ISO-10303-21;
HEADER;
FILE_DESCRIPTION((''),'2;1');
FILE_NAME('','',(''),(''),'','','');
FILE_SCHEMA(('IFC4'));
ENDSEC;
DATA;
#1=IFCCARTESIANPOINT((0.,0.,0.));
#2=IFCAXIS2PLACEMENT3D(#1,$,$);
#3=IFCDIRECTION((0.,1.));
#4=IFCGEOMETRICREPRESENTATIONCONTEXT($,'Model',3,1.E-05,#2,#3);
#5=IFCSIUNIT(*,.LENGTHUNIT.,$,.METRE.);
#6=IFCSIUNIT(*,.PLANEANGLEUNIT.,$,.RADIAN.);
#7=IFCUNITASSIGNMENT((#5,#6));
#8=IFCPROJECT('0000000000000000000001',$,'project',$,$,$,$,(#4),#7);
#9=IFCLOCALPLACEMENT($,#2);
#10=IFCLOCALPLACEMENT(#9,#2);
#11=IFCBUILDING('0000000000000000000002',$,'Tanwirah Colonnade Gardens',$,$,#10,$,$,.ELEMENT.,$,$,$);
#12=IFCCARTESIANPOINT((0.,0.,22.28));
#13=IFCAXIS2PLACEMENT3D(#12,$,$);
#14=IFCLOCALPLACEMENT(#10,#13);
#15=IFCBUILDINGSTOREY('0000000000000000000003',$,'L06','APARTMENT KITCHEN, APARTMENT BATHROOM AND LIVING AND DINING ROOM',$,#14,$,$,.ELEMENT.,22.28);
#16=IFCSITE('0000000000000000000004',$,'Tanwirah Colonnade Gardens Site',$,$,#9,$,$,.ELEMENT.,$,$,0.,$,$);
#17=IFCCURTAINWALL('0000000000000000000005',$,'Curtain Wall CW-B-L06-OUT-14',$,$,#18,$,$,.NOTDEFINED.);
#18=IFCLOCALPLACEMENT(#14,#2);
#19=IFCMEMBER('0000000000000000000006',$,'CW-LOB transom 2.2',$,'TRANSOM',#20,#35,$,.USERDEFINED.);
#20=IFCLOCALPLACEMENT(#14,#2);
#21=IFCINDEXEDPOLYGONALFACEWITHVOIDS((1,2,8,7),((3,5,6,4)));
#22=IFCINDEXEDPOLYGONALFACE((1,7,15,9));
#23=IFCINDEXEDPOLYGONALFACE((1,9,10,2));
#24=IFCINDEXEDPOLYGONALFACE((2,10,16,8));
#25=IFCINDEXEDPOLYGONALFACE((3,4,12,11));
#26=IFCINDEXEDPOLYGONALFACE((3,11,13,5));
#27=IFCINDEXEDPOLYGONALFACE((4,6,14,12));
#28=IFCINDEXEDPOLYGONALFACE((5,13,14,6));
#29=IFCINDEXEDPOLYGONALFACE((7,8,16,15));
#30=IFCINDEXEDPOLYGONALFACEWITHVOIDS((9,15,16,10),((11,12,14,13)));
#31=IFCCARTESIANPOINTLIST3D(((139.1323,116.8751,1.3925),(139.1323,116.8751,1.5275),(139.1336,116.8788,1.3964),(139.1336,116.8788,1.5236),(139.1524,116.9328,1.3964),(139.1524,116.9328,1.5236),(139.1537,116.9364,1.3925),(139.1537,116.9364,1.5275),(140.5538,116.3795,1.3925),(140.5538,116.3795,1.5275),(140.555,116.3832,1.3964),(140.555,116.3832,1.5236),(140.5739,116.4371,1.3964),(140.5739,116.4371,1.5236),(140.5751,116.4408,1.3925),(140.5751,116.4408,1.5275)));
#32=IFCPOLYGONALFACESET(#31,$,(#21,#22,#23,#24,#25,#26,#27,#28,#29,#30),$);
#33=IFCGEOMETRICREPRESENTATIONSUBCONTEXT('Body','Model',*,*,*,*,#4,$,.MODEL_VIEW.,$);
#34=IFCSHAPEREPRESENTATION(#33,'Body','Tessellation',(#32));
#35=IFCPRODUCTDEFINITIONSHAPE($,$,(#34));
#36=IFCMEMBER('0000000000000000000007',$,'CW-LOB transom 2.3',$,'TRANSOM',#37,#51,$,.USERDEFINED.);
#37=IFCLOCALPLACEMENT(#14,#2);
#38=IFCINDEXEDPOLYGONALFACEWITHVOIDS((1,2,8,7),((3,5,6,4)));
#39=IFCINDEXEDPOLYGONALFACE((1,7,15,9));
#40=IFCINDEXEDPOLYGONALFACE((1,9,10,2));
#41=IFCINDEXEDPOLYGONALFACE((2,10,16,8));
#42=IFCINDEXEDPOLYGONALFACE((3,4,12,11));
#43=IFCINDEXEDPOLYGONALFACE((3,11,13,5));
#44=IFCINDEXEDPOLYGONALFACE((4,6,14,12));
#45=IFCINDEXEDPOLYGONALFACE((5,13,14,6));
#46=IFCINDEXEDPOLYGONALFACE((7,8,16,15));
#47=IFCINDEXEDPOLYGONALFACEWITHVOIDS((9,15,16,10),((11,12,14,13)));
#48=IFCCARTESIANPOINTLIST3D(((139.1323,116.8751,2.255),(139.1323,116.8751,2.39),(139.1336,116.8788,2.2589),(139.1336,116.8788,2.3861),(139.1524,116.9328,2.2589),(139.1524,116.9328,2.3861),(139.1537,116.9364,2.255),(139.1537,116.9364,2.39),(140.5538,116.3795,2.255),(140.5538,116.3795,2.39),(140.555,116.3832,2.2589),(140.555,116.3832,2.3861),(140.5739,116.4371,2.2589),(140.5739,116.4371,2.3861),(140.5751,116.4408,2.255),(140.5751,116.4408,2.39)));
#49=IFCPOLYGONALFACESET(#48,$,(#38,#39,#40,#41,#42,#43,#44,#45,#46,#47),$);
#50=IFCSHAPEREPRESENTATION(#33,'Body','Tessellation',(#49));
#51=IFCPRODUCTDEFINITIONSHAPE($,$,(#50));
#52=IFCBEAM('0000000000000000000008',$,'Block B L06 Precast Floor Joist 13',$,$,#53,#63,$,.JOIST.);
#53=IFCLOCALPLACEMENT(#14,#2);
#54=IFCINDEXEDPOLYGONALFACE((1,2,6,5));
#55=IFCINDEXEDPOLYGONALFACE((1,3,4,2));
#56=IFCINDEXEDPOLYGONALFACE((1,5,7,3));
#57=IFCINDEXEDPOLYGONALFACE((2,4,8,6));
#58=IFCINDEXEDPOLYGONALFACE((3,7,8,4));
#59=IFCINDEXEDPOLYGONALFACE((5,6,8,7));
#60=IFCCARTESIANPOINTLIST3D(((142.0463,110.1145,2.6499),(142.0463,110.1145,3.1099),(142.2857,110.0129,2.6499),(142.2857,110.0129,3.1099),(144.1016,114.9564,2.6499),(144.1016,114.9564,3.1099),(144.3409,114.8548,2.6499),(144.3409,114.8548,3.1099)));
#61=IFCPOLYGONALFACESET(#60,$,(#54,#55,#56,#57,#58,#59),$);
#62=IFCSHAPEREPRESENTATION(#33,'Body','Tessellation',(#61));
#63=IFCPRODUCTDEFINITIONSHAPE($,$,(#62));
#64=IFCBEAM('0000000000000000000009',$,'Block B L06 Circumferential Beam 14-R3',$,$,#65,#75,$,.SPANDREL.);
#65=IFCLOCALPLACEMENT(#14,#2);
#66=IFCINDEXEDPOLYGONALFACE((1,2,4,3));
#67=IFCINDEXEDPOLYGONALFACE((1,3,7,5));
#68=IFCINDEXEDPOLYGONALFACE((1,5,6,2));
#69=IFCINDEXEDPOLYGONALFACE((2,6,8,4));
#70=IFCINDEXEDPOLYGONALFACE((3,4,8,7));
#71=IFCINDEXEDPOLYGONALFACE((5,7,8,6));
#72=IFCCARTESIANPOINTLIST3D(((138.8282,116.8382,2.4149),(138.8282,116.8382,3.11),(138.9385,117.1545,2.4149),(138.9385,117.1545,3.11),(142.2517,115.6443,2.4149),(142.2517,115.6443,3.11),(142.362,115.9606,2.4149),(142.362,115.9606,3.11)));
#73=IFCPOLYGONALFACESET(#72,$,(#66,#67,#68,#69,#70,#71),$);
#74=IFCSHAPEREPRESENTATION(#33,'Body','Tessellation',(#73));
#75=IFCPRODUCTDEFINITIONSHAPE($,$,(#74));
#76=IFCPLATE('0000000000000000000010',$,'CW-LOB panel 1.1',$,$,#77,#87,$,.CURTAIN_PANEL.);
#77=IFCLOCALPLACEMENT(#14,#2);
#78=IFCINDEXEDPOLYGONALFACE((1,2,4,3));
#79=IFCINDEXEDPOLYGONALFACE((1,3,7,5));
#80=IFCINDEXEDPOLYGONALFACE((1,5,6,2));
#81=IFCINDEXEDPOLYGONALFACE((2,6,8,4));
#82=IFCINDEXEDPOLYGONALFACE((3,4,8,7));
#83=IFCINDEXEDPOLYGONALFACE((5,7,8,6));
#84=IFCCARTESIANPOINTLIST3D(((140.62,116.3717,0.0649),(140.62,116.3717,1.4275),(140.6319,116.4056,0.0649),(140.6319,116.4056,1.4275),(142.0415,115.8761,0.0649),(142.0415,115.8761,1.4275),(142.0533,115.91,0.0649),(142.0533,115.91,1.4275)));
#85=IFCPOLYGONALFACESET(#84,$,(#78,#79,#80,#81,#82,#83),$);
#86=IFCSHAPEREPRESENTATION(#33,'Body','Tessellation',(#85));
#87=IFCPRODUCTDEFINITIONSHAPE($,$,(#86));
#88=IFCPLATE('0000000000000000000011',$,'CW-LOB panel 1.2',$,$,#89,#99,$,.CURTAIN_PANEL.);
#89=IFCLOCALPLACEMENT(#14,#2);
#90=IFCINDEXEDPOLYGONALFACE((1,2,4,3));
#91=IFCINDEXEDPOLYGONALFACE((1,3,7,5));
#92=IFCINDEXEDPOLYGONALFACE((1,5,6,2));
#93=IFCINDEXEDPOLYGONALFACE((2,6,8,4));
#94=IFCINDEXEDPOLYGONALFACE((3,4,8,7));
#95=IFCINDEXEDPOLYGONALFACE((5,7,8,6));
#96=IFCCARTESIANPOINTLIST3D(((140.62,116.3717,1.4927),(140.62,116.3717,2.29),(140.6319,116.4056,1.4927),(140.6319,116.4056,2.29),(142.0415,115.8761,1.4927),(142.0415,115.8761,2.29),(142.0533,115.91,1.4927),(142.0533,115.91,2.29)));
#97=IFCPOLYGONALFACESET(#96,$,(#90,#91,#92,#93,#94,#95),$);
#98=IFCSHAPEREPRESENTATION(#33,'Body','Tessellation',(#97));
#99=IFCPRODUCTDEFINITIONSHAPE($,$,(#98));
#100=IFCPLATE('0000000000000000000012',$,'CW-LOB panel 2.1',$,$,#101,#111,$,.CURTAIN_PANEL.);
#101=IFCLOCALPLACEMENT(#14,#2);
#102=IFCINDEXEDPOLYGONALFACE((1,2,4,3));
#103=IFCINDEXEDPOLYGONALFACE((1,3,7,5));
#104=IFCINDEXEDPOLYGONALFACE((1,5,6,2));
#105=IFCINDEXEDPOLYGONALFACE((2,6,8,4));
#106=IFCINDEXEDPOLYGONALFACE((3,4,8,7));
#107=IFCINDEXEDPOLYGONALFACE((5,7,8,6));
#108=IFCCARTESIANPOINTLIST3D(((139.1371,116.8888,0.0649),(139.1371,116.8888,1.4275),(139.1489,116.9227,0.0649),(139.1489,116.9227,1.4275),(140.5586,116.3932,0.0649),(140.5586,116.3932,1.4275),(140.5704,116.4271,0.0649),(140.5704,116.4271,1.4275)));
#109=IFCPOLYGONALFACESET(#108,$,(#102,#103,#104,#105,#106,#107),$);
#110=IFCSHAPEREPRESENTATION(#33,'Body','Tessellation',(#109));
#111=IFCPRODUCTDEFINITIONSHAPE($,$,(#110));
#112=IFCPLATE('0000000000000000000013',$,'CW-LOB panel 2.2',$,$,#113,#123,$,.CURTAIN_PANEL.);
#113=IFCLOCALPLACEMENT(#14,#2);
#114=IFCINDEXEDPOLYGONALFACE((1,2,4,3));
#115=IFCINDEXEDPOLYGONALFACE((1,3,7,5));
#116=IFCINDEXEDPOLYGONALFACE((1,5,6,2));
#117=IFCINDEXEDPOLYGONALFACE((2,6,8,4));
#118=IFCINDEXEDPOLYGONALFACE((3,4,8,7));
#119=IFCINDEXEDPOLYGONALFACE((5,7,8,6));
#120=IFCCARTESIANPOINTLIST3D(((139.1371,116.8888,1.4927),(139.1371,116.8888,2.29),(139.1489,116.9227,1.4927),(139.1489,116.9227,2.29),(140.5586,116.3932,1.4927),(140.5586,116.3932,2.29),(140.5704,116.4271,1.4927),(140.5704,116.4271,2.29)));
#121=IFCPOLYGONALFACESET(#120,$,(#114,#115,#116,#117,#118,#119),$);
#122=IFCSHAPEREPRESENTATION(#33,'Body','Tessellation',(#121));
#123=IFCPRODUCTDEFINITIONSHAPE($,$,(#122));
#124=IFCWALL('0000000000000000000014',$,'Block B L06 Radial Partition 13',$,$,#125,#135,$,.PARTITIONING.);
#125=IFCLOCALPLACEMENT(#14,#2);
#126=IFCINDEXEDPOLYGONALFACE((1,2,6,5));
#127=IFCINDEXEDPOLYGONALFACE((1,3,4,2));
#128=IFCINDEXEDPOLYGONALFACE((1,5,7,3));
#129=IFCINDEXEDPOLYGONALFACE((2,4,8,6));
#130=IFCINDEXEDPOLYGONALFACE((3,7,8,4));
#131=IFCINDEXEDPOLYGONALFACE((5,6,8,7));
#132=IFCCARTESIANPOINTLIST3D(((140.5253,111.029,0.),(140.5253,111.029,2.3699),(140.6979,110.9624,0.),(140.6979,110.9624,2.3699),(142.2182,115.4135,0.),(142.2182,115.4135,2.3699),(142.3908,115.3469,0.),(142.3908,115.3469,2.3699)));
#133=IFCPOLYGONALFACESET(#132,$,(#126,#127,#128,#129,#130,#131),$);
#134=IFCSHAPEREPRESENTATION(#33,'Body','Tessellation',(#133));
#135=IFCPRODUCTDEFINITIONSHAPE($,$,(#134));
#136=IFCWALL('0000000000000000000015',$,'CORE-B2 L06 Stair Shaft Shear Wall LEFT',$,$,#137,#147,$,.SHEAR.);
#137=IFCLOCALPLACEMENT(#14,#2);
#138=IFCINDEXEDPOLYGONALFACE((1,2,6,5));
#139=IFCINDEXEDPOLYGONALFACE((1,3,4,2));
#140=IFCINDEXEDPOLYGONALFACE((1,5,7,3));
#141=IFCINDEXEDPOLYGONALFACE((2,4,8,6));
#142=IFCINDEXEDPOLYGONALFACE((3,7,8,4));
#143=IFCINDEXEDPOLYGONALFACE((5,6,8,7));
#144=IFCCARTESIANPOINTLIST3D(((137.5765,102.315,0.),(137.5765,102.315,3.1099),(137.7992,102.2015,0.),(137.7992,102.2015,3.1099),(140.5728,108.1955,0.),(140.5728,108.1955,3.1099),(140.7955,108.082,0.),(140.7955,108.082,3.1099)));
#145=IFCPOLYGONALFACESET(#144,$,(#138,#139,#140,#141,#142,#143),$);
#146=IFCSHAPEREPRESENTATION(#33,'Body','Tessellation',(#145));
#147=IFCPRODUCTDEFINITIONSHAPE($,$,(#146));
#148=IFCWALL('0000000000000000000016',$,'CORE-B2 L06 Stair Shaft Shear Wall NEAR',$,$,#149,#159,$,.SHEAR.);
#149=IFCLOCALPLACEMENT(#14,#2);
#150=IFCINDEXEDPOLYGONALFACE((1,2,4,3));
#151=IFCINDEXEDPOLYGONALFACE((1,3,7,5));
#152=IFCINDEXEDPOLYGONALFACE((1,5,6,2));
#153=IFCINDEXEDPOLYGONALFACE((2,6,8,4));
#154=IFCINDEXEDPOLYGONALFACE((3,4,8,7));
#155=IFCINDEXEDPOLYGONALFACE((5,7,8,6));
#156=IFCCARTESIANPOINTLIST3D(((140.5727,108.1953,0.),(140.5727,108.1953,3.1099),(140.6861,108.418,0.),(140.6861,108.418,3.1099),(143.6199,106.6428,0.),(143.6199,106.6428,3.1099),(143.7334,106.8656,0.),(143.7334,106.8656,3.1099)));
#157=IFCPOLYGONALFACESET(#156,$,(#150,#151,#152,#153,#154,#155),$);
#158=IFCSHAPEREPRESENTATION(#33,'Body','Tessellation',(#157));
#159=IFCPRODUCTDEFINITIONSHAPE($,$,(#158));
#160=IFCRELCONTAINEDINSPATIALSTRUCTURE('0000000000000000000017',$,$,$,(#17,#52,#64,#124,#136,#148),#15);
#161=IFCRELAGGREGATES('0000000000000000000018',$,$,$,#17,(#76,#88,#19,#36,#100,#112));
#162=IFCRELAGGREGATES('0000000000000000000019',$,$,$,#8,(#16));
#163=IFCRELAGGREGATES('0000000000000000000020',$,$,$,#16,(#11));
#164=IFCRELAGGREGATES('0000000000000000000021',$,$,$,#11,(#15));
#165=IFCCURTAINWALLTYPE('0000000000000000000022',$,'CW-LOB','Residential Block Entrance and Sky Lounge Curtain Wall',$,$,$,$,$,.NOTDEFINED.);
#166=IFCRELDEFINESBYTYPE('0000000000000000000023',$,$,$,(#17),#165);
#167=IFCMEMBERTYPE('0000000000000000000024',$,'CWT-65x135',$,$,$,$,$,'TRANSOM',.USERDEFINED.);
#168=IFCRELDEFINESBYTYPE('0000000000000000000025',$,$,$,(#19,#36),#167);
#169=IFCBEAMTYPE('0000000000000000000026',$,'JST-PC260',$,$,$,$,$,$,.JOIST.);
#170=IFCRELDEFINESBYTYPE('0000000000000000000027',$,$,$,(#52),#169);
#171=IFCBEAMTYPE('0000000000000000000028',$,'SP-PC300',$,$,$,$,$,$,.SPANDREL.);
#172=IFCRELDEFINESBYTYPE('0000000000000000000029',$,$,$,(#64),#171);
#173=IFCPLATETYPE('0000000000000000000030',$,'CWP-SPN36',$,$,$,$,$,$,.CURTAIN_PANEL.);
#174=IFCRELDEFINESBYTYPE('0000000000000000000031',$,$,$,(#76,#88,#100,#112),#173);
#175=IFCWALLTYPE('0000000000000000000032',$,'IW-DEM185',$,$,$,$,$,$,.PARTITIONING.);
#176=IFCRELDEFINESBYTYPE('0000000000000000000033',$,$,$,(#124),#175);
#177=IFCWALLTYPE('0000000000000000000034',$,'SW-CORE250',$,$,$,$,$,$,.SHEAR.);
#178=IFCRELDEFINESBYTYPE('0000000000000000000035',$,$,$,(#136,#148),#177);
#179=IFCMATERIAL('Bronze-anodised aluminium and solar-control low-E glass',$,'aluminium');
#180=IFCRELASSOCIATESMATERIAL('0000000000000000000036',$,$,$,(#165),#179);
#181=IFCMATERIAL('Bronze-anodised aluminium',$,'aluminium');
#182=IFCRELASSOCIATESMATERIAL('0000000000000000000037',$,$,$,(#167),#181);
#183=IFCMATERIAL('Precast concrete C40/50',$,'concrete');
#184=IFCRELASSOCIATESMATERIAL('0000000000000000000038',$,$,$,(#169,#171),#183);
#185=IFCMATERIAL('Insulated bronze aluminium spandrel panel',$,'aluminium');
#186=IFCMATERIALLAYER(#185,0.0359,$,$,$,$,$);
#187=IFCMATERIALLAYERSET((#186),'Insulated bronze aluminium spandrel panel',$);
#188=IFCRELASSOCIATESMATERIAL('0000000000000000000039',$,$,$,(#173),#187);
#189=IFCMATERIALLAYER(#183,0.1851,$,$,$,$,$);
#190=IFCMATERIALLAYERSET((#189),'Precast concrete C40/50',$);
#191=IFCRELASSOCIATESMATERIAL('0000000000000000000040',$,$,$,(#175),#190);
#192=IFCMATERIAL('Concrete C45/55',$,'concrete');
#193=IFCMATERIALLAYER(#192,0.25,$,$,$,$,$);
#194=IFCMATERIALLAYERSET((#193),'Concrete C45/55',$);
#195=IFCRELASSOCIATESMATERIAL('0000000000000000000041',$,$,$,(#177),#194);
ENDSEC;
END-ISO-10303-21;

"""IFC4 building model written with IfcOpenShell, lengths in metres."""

from ifc_helpers import new_model, si_unit, direction, frame, frame_2d, origin, origin_2d, place, context, subcontext, project, spatial, rectangle, hollow_rectangle, extrude, material, layer, layer_set, material_profile, profile_set, type_object, element, aggregate, save


model = new_model("IFC4")

# Units and contexts
model_context = context("Model", 3, precision=1e-05, world=origin(), true_north=direction((0.0, 1.0)))
body_context = subcontext(model_context, "Body", "Model", "MODEL_VIEW")
ifc_project = project(units=[si_unit("LENGTHUNIT", "METRE"), si_unit("PLANEANGLEUNIT", "RADIAN")], contexts=[model_context])

# Site, building, storey
site_placement = place(None, origin())
site = spatial("IfcSite", under=ifc_project, at=site_placement, Name="Tanwirah Colonnade Gardens Site", CompositionType="ELEMENT", RefElevation=0.0)
building_placement = place(site_placement, origin())
building = spatial("IfcBuilding", under=site, at=building_placement, Name="Tanwirah Colonnade Gardens", CompositionType="ELEMENT")
storey_placement = place(building_placement, frame((0.0, 0.0, 22.28)))
storey = spatial("IfcBuildingStorey", under=building, at=storey_placement, Name="L06", Description="APARTMENT KITCHEN, APARTMENT BATHROOM AND LIVING AND DINING ROOM", CompositionType="ELEMENT", Elevation=22.28)

# Shared definitions
ifc_material_1 = material(Name="Precast concrete C40/50", Category="concrete")

# Curtain wall, members
ifc_material_2 = material(Name="Bronze-anodised aluminium and solar-control low-E glass", Category="aluminium")
curtain_wall_type = type_object("IfcCurtainWallType", Name="CW-LOB", Description="Residential Block Entrance and Sky Lounge Curtain Wall", PredefinedType="NOTDEFINED", material=ifc_material_2)
curtain_wall_placement = place(storey_placement, origin())
curtain_wall = element("IfcCurtainWall", 1, at=curtain_wall_placement, inside=storey, type_object=curtain_wall_type, Name="Curtain Wall CW-B-L06-OUT-14", PredefinedType="NOTDEFINED")
ifc_material_3 = material(Name="Bronze-anodised aluminium", Category="aluminium")
ifc_material_profile_1 = material_profile(ifc_material_3, hollow_rectangle(XDim=0.0649, YDim=0.135, WallThickness=0.0039, at=origin_2d()), Name="CW-TRN 65x135x4")
ifc_profile_set_1 = profile_set([ifc_material_profile_1], Name="Bronze-anodised aluminium")
member_type_1 = type_object("IfcMemberType", Name="CWT-65x135", ElementType="TRANSOM", PredefinedType="USERDEFINED", material=ifc_profile_set_1)
member_1_placement = place(storey_placement, frame((140.5645, 116.4102, 1.46), z_axis=(-0.944247, 0.329238, 0.0), x_axis=(-0.329238, -0.944247, 0.0)))
member_1 = element("IfcMember", 2, at=member_1_placement, type_object=member_type_1, Name="CW-LOB transom 2.2", ObjectType="TRANSOM", PredefinedType="USERDEFINED", context=body_context, shape_type="SweptSolid", body=[
    extrude(hollow_rectangle(XDim=0.0649, YDim=0.135, WallThickness=0.0039, at=origin_2d()), origin(), (0.0, 0.0, 1.0), 1.5054),
])
member_2_placement = place(storey_placement, frame((140.5645, 116.4102, 2.3225), z_axis=(-0.944247, 0.329238, 0.0), x_axis=(-0.329238, -0.944247, 0.0)))
member_2 = element("IfcMember", 3, at=member_2_placement, type_object=member_type_1, Name="CW-LOB transom 2.3", ObjectType="TRANSOM", PredefinedType="USERDEFINED", context=body_context, shape_type="SweptSolid", body=[
    extrude(hollow_rectangle(XDim=0.0649, YDim=0.135, WallThickness=0.0039, at=origin_2d()), origin(), (0.0, 0.0, 1.0), 1.5054),
])

# Beams
ifc_material_profile_2 = material_profile(ifc_material_1, rectangle(XDim=0.26, YDim=0.46, at=origin_2d()), Name="PC-JST 260x460")
ifc_profile_set_2 = profile_set([ifc_material_profile_2], Name="Precast concrete C40/50")
beam_type_1 = type_object("IfcBeamType", Name="JST-PC260", PredefinedType="JOIST", material=ifc_profile_set_2)
beam_1_placement = place(storey_placement, frame((142.166, 110.0637, 2.8799), z_axis=(0.390724, 0.920508, 0.0), x_axis=(-0.920508, 0.390724, 0.0)))
element("IfcBeam", 4, at=beam_1_placement, inside=storey, type_object=beam_type_1, Name="Block B L06 Precast Floor Joist 13", PredefinedType="JOIST", context=body_context, shape_type="SweptSolid", body=[
    extrude(rectangle(XDim=0.26, YDim=0.46, at=origin_2d()), origin(), (0.0, 0.0, 1.0), 5.26),
])
ifc_material_profile_3 = material_profile(ifc_material_1, rectangle(XDim=0.335, YDim=0.6951, at=origin_2d()), Name="PC-SP 335x695")
ifc_profile_set_3 = profile_set([ifc_material_profile_3], Name="Precast concrete C40/50")
beam_type_2 = type_object("IfcBeamType", Name="SP-PC300", PredefinedType="SPANDREL", material=ifc_profile_set_3)
beam_2_placement = place(storey_placement, frame((142.3069, 115.8025, 2.7625), z_axis=(-0.944237, 0.329267, 0.0), x_axis=(-0.329267, -0.944237, 0.0)))
element("IfcBeam", 5, at=beam_2_placement, inside=storey, type_object=beam_type_2, Name="Block B L06 Circumferential Beam 14-R3", PredefinedType="SPANDREL", context=body_context, shape_type="SweptSolid", body=[
    extrude(rectangle(XDim=0.335, YDim=0.6951, at=origin_2d()), origin(), (0.0, 0.0, 1.0), 3.6257),
])

# Plates
ifc_material_4 = material(Name="Insulated bronze aluminium spandrel panel", Category="aluminium")
ifc_layer_1 = layer(ifc_material_4, 0.0359)
ifc_layer_set_1 = layer_set([ifc_layer_1], Name="Insulated bronze aluminium spandrel panel")
plate_type = type_object("IfcPlateType", Name="CWP-SPN36", PredefinedType="CURTAIN_PANEL", material=ifc_layer_set_1)
plate_1_placement = place(storey_placement, frame((141.3367, 116.1409, 0.0649), z_axis=(0.0, 0.0, 1.0), x_axis=(-0.944249, 0.329232, 0.0)))
plate_1 = element("IfcPlate", 6, at=plate_1_placement, type_object=plate_type, Name="CW-LOB panel 1.1", PredefinedType="CURTAIN_PANEL", context=body_context, shape_type="SweptSolid", body=[
    extrude(rectangle(XDim=1.5054, YDim=0.0359, at=origin_2d()), origin(), (0.0, 0.0, 1.0), 1.3625),
])
plate_2_placement = place(storey_placement, frame((141.3367, 116.1409, 1.4927), z_axis=(0.0, 0.0, 1.0), x_axis=(-0.944249, 0.329232, 0.0)))
plate_2 = element("IfcPlate", 7, at=plate_2_placement, type_object=plate_type, Name="CW-LOB panel 1.2", PredefinedType="CURTAIN_PANEL", context=body_context, shape_type="SweptSolid", body=[
    extrude(rectangle(XDim=1.5054, YDim=0.0359, at=origin_2d()), origin(), (0.0, 0.0, 1.0), 0.7974),
])
plate_3_placement = place(storey_placement, frame((139.8538, 116.658, 0.0649), z_axis=(0.0, 0.0, 1.0), x_axis=(-0.944249, 0.329232, 0.0)))
plate_3 = element("IfcPlate", 8, at=plate_3_placement, type_object=plate_type, Name="CW-LOB panel 2.1", PredefinedType="CURTAIN_PANEL", context=body_context, shape_type="SweptSolid", body=[
    extrude(rectangle(XDim=1.5054, YDim=0.0359, at=origin_2d()), origin(), (0.0, 0.0, 1.0), 1.3625),
])
plate_4_placement = place(storey_placement, frame((139.8538, 116.658, 1.4927), z_axis=(0.0, 0.0, 1.0), x_axis=(-0.944249, 0.329232, 0.0)))
plate_4 = element("IfcPlate", 9, at=plate_4_placement, type_object=plate_type, Name="CW-LOB panel 2.2", PredefinedType="CURTAIN_PANEL", context=body_context, shape_type="SweptSolid", body=[
    extrude(rectangle(XDim=1.5054, YDim=0.0359, at=origin_2d()), origin(), (0.0, 0.0, 1.0), 0.7974),
])
aggregate(curtain_wall, [plate_1, plate_2, member_1, member_2, plate_3, plate_4])

# Walls
ifc_layer_2 = layer(ifc_material_1, 0.1851)
ifc_layer_set_2 = layer_set([ifc_layer_2], Name="Precast concrete C40/50")
wall_type_1 = type_object("IfcWallType", Name="IW-DEM185", PredefinedType="PARTITIONING", material=ifc_layer_set_2)
wall_1_placement = place(storey_placement, frame((140.6116, 110.9956, 0.0), z_axis=(0.0, 0.0, 1.0), x_axis=(0.360187, 0.93288, 0.0)))
element("IfcWall", 10, at=wall_1_placement, inside=storey, type_object=wall_type_1, Name="Block B L06 Radial Partition 13", PredefinedType="PARTITIONING", context=body_context, shape_type="SweptSolid", body=[
    extrude(rectangle(XDim=4.7, YDim=0.1851, at=frame_2d((2.3501, 0.0))), origin(), (0.0, 0.0, 1.0), 2.3699),
])
ifc_material_5 = material(Name="Concrete C45/55", Category="concrete")
ifc_layer_3 = layer(ifc_material_5, 0.25)
ifc_layer_set_3 = layer_set([ifc_layer_3], Name="Concrete C45/55")
wall_type_2 = type_object("IfcWallType", Name="SW-CORE250", PredefinedType="SHEAR", material=ifc_layer_set_3)
wall_2_placement = place(storey_placement, frame((140.6841, 108.1387, 0.0), z_axis=(0.0, 0.0, 1.0), x_axis=(-0.453992, -0.891006, 0.0)))
element("IfcWall", 11, at=wall_2_placement, inside=storey, type_object=wall_type_2, Name="CORE-B2 L06 Stair Shaft Shear Wall LEFT", PredefinedType="SHEAR", context=body_context, shape_type="SweptSolid", body=[
    extrude(rectangle(XDim=6.5999, YDim=0.25, at=frame_2d((3.2998, 0.0))), origin(), (0.0, 0.0, 1.0), 3.1099),
])
wall_3_placement = place(storey_placement, frame((140.6294, 108.3066, 0.0), z_axis=(0.0, 0.0, 1.0), x_axis=(0.891032, -0.45394, 0.0)))
element("IfcWall", 12, at=wall_3_placement, inside=storey, type_object=wall_type_2, Name="CORE-B2 L06 Stair Shaft Shear Wall NEAR", PredefinedType="SHEAR", context=body_context, shape_type="SweptSolid", body=[
    extrude(rectangle(XDim=3.4199, YDim=0.25, at=frame_2d((1.71, 0.0))), origin(), (0.0, 0.0, 1.0), 3.1099),
])

save(model, "model.ifc")
